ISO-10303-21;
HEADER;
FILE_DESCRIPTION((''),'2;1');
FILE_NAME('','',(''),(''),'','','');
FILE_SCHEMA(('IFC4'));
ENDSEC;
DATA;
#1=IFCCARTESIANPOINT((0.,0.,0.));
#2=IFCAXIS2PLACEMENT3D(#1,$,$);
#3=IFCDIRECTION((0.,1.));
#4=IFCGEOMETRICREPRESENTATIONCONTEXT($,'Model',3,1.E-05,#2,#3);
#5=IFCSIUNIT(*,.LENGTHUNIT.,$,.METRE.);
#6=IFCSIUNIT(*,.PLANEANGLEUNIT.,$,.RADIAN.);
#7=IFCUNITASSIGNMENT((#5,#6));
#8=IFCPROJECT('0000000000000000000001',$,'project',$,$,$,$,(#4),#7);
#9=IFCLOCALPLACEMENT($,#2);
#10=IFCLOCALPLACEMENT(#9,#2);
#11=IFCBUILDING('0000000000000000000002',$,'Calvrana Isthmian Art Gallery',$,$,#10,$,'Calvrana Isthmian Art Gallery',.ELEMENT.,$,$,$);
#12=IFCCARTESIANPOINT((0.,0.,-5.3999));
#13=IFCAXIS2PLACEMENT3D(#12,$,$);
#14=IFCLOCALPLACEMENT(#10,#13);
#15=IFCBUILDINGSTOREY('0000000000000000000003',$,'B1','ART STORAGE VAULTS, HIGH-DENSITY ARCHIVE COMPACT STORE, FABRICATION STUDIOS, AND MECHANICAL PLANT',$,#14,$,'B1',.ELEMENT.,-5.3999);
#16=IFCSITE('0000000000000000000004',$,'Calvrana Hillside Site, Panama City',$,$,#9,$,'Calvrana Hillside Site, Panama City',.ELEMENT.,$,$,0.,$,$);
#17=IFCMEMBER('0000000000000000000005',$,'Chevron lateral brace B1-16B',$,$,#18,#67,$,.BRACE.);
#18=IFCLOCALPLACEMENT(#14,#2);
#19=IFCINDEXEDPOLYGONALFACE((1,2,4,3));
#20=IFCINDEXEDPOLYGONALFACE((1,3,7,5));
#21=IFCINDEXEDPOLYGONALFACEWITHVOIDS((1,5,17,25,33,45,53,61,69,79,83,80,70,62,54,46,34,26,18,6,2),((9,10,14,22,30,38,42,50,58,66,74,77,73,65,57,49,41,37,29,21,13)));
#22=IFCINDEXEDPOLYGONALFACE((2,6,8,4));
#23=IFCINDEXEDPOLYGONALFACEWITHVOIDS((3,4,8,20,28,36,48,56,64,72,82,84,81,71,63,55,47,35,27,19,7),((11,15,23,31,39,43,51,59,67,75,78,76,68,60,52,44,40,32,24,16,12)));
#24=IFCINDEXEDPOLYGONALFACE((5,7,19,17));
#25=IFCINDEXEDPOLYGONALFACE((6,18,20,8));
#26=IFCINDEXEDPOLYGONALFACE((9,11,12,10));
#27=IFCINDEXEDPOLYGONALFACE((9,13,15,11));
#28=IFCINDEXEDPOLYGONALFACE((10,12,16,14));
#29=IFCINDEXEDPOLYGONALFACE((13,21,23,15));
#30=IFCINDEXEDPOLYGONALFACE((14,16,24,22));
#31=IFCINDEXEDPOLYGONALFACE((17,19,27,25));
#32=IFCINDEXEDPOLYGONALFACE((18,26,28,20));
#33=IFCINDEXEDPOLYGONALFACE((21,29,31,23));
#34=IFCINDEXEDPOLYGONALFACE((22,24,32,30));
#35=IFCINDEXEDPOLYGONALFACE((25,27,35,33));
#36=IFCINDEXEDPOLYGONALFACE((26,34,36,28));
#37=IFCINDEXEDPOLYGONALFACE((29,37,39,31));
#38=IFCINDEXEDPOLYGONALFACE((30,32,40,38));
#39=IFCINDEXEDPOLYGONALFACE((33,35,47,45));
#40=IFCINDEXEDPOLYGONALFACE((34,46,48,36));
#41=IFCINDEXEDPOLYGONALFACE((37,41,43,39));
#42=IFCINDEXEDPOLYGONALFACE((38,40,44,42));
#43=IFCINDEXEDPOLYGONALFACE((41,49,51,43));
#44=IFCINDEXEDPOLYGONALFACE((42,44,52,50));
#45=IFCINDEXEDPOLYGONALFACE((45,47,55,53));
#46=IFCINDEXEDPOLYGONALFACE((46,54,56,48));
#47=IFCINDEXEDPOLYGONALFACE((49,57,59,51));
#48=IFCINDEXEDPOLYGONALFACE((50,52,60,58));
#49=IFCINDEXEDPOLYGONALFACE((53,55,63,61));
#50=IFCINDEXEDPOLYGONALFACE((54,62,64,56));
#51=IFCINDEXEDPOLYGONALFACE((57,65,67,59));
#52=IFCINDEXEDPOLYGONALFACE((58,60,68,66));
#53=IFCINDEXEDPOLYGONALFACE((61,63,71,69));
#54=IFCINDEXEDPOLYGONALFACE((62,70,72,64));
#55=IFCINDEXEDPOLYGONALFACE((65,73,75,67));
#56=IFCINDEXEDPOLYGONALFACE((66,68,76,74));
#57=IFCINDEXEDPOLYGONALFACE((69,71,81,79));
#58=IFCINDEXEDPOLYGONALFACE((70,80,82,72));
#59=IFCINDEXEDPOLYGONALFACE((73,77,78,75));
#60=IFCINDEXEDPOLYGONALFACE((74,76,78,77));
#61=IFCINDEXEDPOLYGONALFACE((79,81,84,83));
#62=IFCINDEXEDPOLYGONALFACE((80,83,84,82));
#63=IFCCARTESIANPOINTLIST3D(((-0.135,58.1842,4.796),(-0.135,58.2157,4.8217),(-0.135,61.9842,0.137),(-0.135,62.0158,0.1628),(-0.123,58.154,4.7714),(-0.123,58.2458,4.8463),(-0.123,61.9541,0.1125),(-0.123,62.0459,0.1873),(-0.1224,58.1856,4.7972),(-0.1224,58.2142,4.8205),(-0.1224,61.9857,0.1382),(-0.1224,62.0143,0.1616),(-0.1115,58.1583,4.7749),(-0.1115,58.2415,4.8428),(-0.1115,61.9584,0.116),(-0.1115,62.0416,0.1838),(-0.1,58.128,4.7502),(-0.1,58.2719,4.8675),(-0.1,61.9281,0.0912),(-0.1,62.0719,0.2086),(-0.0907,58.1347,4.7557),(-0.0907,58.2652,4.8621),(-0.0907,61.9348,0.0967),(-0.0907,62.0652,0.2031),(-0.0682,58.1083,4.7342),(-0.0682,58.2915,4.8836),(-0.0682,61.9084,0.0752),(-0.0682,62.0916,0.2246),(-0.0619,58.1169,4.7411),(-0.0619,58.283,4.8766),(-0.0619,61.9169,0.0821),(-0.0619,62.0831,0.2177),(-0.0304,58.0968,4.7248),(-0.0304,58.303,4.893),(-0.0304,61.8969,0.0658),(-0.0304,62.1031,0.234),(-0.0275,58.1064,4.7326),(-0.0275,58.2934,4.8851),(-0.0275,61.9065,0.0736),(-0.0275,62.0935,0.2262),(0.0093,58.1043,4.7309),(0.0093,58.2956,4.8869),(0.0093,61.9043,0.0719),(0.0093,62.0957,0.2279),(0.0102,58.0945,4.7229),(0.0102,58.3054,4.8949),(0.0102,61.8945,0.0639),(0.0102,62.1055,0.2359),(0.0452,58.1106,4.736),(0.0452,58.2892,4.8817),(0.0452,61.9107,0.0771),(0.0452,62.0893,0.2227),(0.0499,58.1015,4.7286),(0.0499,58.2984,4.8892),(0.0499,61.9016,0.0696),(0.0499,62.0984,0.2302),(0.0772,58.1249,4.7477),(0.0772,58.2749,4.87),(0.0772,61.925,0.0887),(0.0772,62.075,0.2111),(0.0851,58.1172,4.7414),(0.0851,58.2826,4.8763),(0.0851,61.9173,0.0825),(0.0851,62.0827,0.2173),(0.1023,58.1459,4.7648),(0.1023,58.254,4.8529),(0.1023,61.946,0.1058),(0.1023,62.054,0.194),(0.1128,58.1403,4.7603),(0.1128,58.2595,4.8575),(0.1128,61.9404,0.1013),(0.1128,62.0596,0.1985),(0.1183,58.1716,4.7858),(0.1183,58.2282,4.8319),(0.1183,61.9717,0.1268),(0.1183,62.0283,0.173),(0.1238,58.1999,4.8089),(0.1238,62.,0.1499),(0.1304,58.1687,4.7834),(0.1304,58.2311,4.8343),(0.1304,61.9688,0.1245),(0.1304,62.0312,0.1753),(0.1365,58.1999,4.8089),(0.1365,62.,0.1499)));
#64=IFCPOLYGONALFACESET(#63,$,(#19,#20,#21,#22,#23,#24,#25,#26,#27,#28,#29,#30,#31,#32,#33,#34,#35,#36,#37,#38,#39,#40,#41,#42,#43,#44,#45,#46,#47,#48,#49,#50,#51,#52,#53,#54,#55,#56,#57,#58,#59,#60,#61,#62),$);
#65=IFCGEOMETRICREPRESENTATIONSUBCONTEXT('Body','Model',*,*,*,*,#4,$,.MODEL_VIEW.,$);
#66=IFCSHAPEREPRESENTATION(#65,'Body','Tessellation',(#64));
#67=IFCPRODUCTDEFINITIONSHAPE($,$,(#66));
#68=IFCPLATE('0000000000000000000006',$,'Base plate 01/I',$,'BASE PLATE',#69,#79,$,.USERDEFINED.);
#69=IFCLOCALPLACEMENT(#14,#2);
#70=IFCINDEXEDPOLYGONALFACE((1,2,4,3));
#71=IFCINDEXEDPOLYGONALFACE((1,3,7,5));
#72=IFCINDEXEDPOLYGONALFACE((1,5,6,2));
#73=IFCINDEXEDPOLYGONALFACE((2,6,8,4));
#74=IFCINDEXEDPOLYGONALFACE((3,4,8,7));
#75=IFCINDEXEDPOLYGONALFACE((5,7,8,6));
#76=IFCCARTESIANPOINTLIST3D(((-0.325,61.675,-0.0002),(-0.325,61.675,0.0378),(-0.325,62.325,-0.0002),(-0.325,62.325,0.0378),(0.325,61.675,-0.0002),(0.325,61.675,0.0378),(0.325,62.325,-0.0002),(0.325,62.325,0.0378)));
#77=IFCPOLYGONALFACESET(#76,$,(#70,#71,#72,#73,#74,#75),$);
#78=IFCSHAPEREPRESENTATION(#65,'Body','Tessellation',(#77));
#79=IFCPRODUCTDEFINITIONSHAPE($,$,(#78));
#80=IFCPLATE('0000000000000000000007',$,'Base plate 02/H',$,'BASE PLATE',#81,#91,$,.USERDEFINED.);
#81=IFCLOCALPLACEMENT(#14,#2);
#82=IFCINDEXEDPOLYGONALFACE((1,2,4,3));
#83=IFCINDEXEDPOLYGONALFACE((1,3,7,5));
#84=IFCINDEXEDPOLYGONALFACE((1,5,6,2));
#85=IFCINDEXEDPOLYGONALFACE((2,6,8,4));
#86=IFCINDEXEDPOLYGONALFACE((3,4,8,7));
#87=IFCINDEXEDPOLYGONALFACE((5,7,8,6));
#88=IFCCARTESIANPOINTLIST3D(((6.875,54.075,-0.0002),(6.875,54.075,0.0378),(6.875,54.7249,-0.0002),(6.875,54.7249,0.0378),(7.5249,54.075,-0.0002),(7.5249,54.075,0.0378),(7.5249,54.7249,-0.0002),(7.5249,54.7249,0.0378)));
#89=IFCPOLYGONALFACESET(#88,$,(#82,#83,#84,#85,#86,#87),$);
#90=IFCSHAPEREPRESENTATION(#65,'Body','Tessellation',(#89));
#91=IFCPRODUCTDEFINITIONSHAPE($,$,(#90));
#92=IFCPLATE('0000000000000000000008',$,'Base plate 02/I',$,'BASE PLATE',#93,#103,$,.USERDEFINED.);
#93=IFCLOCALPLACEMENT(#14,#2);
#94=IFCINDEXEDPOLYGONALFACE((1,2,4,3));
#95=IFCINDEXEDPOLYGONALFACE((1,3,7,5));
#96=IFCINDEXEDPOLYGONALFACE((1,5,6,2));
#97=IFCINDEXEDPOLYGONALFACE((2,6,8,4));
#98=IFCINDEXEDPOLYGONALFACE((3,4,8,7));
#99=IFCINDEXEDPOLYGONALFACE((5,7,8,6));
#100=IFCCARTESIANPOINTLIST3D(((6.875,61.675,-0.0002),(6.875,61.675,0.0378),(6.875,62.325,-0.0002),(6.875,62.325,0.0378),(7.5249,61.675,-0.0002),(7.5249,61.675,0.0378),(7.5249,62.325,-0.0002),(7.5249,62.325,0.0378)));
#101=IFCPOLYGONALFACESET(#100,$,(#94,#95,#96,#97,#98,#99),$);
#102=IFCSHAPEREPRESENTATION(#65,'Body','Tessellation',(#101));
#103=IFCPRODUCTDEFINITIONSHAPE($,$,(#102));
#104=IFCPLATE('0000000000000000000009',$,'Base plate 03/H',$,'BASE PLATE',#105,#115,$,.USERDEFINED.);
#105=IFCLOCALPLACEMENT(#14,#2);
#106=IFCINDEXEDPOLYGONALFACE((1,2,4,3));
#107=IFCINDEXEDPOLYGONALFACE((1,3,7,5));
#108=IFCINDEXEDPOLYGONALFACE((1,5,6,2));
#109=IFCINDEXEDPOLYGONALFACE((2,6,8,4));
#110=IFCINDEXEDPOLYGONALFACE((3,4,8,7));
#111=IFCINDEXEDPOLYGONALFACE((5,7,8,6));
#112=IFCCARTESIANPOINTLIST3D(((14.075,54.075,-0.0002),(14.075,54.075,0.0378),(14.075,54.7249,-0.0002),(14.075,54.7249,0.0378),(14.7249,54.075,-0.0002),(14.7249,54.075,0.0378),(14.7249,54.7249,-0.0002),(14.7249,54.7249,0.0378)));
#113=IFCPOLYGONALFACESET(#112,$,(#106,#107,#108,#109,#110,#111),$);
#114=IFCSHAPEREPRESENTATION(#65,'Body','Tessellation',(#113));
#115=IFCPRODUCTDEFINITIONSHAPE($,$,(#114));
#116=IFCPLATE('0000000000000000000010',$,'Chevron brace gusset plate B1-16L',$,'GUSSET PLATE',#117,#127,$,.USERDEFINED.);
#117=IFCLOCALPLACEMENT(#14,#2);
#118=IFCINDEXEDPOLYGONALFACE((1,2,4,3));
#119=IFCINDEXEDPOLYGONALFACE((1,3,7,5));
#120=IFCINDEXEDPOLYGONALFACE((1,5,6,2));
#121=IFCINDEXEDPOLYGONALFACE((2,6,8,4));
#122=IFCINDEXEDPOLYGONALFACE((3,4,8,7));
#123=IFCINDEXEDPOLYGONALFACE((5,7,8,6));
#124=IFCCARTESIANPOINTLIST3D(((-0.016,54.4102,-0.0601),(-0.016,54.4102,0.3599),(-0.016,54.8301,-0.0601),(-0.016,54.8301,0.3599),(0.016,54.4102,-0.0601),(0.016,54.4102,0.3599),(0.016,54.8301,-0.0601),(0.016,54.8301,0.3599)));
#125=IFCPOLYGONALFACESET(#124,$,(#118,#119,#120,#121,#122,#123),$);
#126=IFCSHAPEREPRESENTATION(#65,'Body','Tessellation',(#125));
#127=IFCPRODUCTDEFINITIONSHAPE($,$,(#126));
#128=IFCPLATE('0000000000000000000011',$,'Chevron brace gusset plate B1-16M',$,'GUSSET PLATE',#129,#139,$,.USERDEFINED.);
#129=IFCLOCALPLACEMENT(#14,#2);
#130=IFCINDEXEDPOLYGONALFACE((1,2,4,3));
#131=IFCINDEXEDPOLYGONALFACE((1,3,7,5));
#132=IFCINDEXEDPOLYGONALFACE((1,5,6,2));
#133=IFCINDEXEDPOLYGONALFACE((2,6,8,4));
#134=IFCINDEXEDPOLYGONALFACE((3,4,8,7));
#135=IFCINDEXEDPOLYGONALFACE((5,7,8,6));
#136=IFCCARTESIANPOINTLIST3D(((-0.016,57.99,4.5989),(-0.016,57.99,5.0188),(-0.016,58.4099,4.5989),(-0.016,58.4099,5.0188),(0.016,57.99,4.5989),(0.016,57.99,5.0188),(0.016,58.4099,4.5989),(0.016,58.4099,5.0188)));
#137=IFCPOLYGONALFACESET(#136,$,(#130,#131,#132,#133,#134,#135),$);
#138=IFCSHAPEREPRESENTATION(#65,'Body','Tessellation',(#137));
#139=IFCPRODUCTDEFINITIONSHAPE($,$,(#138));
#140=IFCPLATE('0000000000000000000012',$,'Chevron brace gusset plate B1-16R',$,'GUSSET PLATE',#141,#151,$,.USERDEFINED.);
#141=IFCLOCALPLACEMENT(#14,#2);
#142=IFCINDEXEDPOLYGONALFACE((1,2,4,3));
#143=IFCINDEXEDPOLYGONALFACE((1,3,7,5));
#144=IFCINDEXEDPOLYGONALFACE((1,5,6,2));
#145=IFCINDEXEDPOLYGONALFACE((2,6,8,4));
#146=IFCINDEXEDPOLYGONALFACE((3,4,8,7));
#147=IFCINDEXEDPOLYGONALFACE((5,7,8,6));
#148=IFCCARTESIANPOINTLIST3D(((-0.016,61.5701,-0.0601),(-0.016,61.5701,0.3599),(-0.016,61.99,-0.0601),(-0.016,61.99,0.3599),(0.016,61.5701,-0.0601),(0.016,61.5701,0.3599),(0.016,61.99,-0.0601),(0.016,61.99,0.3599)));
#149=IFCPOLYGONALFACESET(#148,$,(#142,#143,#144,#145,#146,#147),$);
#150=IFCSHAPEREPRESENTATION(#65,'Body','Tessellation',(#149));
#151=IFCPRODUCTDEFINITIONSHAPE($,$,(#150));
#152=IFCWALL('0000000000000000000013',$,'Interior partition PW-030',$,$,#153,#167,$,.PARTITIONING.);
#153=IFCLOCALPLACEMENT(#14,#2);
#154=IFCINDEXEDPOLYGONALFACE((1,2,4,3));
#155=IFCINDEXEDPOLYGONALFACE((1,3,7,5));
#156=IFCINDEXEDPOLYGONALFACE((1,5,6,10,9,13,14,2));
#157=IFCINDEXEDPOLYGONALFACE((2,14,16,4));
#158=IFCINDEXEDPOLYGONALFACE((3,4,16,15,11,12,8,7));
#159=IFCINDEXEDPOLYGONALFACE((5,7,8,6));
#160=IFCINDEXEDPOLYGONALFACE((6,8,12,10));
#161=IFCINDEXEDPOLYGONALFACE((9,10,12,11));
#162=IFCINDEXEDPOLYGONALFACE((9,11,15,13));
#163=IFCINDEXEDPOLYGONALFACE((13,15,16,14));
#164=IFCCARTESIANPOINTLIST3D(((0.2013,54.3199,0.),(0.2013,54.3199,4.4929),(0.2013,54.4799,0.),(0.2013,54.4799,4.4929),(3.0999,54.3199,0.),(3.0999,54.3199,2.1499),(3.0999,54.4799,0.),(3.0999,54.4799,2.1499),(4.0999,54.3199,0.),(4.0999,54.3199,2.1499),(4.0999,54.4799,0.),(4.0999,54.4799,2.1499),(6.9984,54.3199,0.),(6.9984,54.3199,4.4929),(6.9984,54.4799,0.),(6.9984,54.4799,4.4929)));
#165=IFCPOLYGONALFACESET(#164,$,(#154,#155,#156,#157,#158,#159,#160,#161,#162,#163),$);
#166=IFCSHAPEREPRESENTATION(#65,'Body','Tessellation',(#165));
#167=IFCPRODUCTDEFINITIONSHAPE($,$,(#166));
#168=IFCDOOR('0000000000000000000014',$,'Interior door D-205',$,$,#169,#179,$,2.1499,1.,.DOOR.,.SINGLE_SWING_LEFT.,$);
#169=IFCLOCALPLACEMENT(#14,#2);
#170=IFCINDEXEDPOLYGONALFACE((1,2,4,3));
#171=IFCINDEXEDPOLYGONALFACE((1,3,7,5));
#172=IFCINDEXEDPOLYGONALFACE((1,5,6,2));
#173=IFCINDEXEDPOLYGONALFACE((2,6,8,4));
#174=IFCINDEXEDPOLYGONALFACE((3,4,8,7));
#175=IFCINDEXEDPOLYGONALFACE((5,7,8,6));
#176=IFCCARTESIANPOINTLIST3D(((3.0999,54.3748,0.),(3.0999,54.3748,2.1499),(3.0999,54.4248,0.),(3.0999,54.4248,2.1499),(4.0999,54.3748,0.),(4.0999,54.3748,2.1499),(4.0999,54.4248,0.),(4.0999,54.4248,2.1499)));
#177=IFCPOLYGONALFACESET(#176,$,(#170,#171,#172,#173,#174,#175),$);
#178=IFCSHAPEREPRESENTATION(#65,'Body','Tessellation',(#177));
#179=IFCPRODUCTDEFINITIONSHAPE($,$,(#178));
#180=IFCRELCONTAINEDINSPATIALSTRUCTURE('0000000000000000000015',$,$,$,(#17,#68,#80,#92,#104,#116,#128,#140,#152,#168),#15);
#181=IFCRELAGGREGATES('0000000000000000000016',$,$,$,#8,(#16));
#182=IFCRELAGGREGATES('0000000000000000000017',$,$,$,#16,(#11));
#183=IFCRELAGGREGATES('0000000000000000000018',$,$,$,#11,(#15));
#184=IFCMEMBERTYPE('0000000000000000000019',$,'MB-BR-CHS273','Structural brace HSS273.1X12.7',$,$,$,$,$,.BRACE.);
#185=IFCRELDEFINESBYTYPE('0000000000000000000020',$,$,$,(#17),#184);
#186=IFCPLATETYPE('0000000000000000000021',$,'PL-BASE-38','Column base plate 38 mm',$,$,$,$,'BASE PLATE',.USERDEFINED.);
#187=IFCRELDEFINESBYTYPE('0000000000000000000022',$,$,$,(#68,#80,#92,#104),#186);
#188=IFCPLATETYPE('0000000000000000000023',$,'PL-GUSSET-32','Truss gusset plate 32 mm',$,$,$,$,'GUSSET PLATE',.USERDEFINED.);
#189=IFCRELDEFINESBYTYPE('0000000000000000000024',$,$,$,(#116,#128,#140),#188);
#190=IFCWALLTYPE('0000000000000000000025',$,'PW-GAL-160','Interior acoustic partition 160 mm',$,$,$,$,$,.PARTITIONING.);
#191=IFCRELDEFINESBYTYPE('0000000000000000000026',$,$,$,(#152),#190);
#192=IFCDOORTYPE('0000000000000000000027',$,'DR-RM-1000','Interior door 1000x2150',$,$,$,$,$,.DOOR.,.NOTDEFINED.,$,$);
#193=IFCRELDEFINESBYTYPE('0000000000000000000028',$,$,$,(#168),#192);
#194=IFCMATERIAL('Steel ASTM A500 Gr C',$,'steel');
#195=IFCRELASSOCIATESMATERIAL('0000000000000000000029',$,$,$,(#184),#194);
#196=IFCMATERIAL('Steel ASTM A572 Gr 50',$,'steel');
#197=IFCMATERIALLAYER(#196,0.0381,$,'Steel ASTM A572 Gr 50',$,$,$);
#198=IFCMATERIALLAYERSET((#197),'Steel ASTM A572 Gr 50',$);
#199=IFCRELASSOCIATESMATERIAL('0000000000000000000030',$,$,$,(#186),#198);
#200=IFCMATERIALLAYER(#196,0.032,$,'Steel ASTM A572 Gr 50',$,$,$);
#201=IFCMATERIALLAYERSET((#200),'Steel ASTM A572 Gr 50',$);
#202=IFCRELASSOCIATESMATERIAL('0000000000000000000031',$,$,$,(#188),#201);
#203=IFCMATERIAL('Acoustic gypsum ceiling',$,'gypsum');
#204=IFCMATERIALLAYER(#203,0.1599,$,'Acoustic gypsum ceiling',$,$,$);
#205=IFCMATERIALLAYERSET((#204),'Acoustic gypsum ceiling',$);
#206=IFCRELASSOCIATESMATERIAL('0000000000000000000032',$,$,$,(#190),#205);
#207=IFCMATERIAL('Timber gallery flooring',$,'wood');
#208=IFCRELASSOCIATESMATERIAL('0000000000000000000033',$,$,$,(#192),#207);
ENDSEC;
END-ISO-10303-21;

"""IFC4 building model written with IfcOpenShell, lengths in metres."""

from ifc_helpers import new_model, si_unit, direction, frame, frame_2d, origin, origin_2d, place, context, subcontext, project, spatial, rectangle, hollow_circle, extrude, material, layer, layer_set, material_profile, profile_set, type_object, element, fill, save


model = new_model("IFC4")

# Units and contexts
model_context = context("Model", 3, precision=1e-05, world=origin(), true_north=direction((0.0, 1.0)))
body_context = subcontext(model_context, "Body", "Model", "MODEL_VIEW")
ifc_project = project(units=[si_unit("LENGTHUNIT", "METRE"), si_unit("PLANEANGLEUNIT", "RADIAN")], contexts=[model_context])

# Site, building, storey
site_placement = place(None, origin())
site = spatial("IfcSite", under=ifc_project, at=site_placement, Name="Calvrana Hillside Site, Panama City", LongName="Calvrana Hillside Site, Panama City", CompositionType="ELEMENT", RefElevation=0.0)
building_placement = place(site_placement, origin())
building = spatial("IfcBuilding", under=site, at=building_placement, Name="Calvrana Isthmian Art Gallery", LongName="Calvrana Isthmian Art Gallery", CompositionType="ELEMENT")
storey_placement = place(building_placement, frame((0.0, 0.0, -5.3999)))
storey = spatial("IfcBuildingStorey", under=building, at=storey_placement, Name="B1", Description="ART STORAGE VAULTS, HIGH-DENSITY ARCHIVE COMPACT STORE, FABRICATION STUDIOS, AND MECHANICAL PLANT", LongName="B1", CompositionType="ELEMENT", Elevation=-5.3999)

# Member
ifc_material_1 = material(Name="Steel ASTM A500 Gr C", Category="steel")
ifc_material_profile_1 = material_profile(ifc_material_1, hollow_circle(Radius=0.1365, WallThickness=0.0127, at=origin_2d()), Name="HSS273.1X12.7")
ifc_profile_set_1 = profile_set([ifc_material_profile_1], Name="Steel ASTM A500 Gr C")
member_type = type_object("IfcMemberType", Name="MB-BR-CHS273", Description="Structural brace HSS273.1X12.7", PredefinedType="BRACE", material=ifc_profile_set_1)
for number, where, z_axis, x_axis, name in (
    (1, (0.0, 62.0, 0.1499), (0.0, -0.632061, 0.774919), (1.0, 0.0, 0.0), "Chevron lateral brace B1-16B"),
):
    element("IfcMember", number, at=place(storey_placement, frame(where, z_axis=z_axis, x_axis=x_axis)), inside=storey, type_object=member_type, Name=name, PredefinedType="BRACE", context=body_context, shape_type="SweptSolid", body=[
        extrude(hollow_circle(Radius=0.1365, WallThickness=0.0127, at=origin_2d()), origin(), (0.0, 0.0, 1.0), 6.0122),
    ])

# Plates
ifc_material_2 = material(Name="Steel ASTM A572 Gr 50", Category="steel")
ifc_layer_1 = layer(ifc_material_2, 0.0381, Name="Steel ASTM A572 Gr 50")
ifc_layer_set_1 = layer_set([ifc_layer_1], Name="Steel ASTM A572 Gr 50")
plate_type_1 = type_object("IfcPlateType", Name="PL-BASE-38", Description="Column base plate 38 mm", ElementType="BASE PLATE", PredefinedType="USERDEFINED", material=ifc_layer_set_1)
for number, where, z_axis, x_axis, name in (
    (2, (0.0, 62.0, -0.0002), (0.0, 0.0, 1.0), (1.0, 0.0, 0.0), "Base plate 01/I"),
    (3, (7.2, 54.3999, -0.0002), (0.0, 0.0, 1.0), (1.0, 0.0, 0.0), "Base plate 02/H"),
    (4, (7.2, 62.0, -0.0002), (0.0, 0.0, 1.0), (1.0, 0.0, 0.0), "Base plate 02/I"),
    (5, (14.3999, 54.3999, -0.0002), (0.0, 0.0, 1.0), (1.0, 0.0, 0.0), "Base plate 03/H"),
):
    element("IfcPlate", number, at=place(storey_placement, frame(where, z_axis=z_axis, x_axis=x_axis)), inside=storey, type_object=plate_type_1, Name=name, ObjectType="BASE PLATE", PredefinedType="USERDEFINED", context=body_context, shape_type="SweptSolid", body=[
        extrude(rectangle(XDim=0.6499, YDim=0.6499, at=origin_2d()), origin(), (0.0, 0.0, 1.0), 0.0381),
    ])
ifc_layer_2 = layer(ifc_material_2, 0.032, Name="Steel ASTM A572 Gr 50")
ifc_layer_set_2 = layer_set([ifc_layer_2], Name="Steel ASTM A572 Gr 50")
plate_type_2 = type_object("IfcPlateType", Name="PL-GUSSET-32", Description="Truss gusset plate 32 mm", ElementType="GUSSET PLATE", PredefinedType="USERDEFINED", material=ifc_layer_set_2)
for number, where, z_axis, x_axis, name in (
    (6, (0.0, 54.6201, -0.0601), (0.0, 0.0, 1.0), (1.0, 0.0, 0.0), "Chevron brace gusset plate B1-16L"),
    (7, (0.0, 58.2, 4.5989), (0.0, 0.0, 1.0), (1.0, 0.0, 0.0), "Chevron brace gusset plate B1-16M"),
    (8, (0.0, 61.78, -0.0601), (0.0, 0.0, 1.0), (1.0, 0.0, 0.0), "Chevron brace gusset plate B1-16R"),
):
    element("IfcPlate", number, at=place(storey_placement, frame(where, z_axis=z_axis, x_axis=x_axis)), inside=storey, type_object=plate_type_2, Name=name, ObjectType="GUSSET PLATE", PredefinedType="USERDEFINED", context=body_context, shape_type="SweptSolid", body=[
        extrude(rectangle(XDim=0.032, YDim=0.4199, at=origin_2d()), origin(), (0.0, 0.0, 1.0), 0.4199),
    ])

# Wall, opening, door
ifc_material_3 = material(Name="Acoustic gypsum ceiling", Category="gypsum")
ifc_layer_3 = layer(ifc_material_3, 0.1599, Name="Acoustic gypsum ceiling")
ifc_layer_set_3 = layer_set([ifc_layer_3], Name="Acoustic gypsum ceiling")
wall_type = type_object("IfcWallType", Name="PW-GAL-160", Description="Interior acoustic partition 160 mm", PredefinedType="PARTITIONING", material=ifc_layer_set_3)
wall_1_placement = place(storey_placement, frame((0.2014, 54.3999, 0.0), z_axis=(0.0, 0.0, 1.0), x_axis=(1.0, 0.0, 0.0)))
wall_1 = element("IfcWall", 9, at=wall_1_placement, inside=storey, type_object=wall_type, Name="Interior partition PW-030", PredefinedType="PARTITIONING", context=body_context, shape_type="SweptSolid", body=[
    extrude(rectangle(XDim=6.7971, YDim=0.1599, at=frame_2d((3.3984, 0.0))), origin(), (0.0, 0.0, 1.0), 4.4929),
])
opening_1_placement = place(wall_1_placement, frame((2.8984, 0.0, 0.0)))
opening_1 = element("IfcOpeningElement", 10, at=opening_1_placement, cuts=wall_1, PredefinedType="OPENING", context=body_context, shape_type="SweptSolid", body=[
    extrude(rectangle(XDim=1.0, YDim=2.1499, at=frame_2d((0.5, 1.075))), frame((0.0, 0.0903, 0.0), z_axis=(0.0, -1.0, 0.0), x_axis=(1.0, 0.0, 0.0)), (0.0, 0.0, 1.0), 0.1804),
])
ifc_material_4 = material(Name="Timber gallery flooring", Category="wood")
door_type_1 = type_object("IfcDoorType", Name="DR-RM-1000", Description="Interior door 1000x2150", OperationType="NOTDEFINED", PredefinedType="DOOR", material=ifc_material_4)
door_1_placement = place(opening_1_placement, origin())
door_1 = element("IfcDoor", 11, at=door_1_placement, inside=storey, type_object=door_type_1, Name="Interior door D-205", OperationType="SINGLE_SWING_LEFT", OverallHeight=2.1499, OverallWidth=1.0, PredefinedType="DOOR", context=body_context, shape_type="SweptSolid", body=[
    extrude(rectangle(XDim=1.0, YDim=2.1499, at=frame_2d((0.5, 1.075))), frame((0.0, 0.0249, 0.0), z_axis=(0.0, -1.0, 0.0), x_axis=(1.0, 0.0, 0.0)), (0.0, 0.0, 1.0), 0.05),
])
fill(opening_1, door_1)

save(model, "model.ifc")
